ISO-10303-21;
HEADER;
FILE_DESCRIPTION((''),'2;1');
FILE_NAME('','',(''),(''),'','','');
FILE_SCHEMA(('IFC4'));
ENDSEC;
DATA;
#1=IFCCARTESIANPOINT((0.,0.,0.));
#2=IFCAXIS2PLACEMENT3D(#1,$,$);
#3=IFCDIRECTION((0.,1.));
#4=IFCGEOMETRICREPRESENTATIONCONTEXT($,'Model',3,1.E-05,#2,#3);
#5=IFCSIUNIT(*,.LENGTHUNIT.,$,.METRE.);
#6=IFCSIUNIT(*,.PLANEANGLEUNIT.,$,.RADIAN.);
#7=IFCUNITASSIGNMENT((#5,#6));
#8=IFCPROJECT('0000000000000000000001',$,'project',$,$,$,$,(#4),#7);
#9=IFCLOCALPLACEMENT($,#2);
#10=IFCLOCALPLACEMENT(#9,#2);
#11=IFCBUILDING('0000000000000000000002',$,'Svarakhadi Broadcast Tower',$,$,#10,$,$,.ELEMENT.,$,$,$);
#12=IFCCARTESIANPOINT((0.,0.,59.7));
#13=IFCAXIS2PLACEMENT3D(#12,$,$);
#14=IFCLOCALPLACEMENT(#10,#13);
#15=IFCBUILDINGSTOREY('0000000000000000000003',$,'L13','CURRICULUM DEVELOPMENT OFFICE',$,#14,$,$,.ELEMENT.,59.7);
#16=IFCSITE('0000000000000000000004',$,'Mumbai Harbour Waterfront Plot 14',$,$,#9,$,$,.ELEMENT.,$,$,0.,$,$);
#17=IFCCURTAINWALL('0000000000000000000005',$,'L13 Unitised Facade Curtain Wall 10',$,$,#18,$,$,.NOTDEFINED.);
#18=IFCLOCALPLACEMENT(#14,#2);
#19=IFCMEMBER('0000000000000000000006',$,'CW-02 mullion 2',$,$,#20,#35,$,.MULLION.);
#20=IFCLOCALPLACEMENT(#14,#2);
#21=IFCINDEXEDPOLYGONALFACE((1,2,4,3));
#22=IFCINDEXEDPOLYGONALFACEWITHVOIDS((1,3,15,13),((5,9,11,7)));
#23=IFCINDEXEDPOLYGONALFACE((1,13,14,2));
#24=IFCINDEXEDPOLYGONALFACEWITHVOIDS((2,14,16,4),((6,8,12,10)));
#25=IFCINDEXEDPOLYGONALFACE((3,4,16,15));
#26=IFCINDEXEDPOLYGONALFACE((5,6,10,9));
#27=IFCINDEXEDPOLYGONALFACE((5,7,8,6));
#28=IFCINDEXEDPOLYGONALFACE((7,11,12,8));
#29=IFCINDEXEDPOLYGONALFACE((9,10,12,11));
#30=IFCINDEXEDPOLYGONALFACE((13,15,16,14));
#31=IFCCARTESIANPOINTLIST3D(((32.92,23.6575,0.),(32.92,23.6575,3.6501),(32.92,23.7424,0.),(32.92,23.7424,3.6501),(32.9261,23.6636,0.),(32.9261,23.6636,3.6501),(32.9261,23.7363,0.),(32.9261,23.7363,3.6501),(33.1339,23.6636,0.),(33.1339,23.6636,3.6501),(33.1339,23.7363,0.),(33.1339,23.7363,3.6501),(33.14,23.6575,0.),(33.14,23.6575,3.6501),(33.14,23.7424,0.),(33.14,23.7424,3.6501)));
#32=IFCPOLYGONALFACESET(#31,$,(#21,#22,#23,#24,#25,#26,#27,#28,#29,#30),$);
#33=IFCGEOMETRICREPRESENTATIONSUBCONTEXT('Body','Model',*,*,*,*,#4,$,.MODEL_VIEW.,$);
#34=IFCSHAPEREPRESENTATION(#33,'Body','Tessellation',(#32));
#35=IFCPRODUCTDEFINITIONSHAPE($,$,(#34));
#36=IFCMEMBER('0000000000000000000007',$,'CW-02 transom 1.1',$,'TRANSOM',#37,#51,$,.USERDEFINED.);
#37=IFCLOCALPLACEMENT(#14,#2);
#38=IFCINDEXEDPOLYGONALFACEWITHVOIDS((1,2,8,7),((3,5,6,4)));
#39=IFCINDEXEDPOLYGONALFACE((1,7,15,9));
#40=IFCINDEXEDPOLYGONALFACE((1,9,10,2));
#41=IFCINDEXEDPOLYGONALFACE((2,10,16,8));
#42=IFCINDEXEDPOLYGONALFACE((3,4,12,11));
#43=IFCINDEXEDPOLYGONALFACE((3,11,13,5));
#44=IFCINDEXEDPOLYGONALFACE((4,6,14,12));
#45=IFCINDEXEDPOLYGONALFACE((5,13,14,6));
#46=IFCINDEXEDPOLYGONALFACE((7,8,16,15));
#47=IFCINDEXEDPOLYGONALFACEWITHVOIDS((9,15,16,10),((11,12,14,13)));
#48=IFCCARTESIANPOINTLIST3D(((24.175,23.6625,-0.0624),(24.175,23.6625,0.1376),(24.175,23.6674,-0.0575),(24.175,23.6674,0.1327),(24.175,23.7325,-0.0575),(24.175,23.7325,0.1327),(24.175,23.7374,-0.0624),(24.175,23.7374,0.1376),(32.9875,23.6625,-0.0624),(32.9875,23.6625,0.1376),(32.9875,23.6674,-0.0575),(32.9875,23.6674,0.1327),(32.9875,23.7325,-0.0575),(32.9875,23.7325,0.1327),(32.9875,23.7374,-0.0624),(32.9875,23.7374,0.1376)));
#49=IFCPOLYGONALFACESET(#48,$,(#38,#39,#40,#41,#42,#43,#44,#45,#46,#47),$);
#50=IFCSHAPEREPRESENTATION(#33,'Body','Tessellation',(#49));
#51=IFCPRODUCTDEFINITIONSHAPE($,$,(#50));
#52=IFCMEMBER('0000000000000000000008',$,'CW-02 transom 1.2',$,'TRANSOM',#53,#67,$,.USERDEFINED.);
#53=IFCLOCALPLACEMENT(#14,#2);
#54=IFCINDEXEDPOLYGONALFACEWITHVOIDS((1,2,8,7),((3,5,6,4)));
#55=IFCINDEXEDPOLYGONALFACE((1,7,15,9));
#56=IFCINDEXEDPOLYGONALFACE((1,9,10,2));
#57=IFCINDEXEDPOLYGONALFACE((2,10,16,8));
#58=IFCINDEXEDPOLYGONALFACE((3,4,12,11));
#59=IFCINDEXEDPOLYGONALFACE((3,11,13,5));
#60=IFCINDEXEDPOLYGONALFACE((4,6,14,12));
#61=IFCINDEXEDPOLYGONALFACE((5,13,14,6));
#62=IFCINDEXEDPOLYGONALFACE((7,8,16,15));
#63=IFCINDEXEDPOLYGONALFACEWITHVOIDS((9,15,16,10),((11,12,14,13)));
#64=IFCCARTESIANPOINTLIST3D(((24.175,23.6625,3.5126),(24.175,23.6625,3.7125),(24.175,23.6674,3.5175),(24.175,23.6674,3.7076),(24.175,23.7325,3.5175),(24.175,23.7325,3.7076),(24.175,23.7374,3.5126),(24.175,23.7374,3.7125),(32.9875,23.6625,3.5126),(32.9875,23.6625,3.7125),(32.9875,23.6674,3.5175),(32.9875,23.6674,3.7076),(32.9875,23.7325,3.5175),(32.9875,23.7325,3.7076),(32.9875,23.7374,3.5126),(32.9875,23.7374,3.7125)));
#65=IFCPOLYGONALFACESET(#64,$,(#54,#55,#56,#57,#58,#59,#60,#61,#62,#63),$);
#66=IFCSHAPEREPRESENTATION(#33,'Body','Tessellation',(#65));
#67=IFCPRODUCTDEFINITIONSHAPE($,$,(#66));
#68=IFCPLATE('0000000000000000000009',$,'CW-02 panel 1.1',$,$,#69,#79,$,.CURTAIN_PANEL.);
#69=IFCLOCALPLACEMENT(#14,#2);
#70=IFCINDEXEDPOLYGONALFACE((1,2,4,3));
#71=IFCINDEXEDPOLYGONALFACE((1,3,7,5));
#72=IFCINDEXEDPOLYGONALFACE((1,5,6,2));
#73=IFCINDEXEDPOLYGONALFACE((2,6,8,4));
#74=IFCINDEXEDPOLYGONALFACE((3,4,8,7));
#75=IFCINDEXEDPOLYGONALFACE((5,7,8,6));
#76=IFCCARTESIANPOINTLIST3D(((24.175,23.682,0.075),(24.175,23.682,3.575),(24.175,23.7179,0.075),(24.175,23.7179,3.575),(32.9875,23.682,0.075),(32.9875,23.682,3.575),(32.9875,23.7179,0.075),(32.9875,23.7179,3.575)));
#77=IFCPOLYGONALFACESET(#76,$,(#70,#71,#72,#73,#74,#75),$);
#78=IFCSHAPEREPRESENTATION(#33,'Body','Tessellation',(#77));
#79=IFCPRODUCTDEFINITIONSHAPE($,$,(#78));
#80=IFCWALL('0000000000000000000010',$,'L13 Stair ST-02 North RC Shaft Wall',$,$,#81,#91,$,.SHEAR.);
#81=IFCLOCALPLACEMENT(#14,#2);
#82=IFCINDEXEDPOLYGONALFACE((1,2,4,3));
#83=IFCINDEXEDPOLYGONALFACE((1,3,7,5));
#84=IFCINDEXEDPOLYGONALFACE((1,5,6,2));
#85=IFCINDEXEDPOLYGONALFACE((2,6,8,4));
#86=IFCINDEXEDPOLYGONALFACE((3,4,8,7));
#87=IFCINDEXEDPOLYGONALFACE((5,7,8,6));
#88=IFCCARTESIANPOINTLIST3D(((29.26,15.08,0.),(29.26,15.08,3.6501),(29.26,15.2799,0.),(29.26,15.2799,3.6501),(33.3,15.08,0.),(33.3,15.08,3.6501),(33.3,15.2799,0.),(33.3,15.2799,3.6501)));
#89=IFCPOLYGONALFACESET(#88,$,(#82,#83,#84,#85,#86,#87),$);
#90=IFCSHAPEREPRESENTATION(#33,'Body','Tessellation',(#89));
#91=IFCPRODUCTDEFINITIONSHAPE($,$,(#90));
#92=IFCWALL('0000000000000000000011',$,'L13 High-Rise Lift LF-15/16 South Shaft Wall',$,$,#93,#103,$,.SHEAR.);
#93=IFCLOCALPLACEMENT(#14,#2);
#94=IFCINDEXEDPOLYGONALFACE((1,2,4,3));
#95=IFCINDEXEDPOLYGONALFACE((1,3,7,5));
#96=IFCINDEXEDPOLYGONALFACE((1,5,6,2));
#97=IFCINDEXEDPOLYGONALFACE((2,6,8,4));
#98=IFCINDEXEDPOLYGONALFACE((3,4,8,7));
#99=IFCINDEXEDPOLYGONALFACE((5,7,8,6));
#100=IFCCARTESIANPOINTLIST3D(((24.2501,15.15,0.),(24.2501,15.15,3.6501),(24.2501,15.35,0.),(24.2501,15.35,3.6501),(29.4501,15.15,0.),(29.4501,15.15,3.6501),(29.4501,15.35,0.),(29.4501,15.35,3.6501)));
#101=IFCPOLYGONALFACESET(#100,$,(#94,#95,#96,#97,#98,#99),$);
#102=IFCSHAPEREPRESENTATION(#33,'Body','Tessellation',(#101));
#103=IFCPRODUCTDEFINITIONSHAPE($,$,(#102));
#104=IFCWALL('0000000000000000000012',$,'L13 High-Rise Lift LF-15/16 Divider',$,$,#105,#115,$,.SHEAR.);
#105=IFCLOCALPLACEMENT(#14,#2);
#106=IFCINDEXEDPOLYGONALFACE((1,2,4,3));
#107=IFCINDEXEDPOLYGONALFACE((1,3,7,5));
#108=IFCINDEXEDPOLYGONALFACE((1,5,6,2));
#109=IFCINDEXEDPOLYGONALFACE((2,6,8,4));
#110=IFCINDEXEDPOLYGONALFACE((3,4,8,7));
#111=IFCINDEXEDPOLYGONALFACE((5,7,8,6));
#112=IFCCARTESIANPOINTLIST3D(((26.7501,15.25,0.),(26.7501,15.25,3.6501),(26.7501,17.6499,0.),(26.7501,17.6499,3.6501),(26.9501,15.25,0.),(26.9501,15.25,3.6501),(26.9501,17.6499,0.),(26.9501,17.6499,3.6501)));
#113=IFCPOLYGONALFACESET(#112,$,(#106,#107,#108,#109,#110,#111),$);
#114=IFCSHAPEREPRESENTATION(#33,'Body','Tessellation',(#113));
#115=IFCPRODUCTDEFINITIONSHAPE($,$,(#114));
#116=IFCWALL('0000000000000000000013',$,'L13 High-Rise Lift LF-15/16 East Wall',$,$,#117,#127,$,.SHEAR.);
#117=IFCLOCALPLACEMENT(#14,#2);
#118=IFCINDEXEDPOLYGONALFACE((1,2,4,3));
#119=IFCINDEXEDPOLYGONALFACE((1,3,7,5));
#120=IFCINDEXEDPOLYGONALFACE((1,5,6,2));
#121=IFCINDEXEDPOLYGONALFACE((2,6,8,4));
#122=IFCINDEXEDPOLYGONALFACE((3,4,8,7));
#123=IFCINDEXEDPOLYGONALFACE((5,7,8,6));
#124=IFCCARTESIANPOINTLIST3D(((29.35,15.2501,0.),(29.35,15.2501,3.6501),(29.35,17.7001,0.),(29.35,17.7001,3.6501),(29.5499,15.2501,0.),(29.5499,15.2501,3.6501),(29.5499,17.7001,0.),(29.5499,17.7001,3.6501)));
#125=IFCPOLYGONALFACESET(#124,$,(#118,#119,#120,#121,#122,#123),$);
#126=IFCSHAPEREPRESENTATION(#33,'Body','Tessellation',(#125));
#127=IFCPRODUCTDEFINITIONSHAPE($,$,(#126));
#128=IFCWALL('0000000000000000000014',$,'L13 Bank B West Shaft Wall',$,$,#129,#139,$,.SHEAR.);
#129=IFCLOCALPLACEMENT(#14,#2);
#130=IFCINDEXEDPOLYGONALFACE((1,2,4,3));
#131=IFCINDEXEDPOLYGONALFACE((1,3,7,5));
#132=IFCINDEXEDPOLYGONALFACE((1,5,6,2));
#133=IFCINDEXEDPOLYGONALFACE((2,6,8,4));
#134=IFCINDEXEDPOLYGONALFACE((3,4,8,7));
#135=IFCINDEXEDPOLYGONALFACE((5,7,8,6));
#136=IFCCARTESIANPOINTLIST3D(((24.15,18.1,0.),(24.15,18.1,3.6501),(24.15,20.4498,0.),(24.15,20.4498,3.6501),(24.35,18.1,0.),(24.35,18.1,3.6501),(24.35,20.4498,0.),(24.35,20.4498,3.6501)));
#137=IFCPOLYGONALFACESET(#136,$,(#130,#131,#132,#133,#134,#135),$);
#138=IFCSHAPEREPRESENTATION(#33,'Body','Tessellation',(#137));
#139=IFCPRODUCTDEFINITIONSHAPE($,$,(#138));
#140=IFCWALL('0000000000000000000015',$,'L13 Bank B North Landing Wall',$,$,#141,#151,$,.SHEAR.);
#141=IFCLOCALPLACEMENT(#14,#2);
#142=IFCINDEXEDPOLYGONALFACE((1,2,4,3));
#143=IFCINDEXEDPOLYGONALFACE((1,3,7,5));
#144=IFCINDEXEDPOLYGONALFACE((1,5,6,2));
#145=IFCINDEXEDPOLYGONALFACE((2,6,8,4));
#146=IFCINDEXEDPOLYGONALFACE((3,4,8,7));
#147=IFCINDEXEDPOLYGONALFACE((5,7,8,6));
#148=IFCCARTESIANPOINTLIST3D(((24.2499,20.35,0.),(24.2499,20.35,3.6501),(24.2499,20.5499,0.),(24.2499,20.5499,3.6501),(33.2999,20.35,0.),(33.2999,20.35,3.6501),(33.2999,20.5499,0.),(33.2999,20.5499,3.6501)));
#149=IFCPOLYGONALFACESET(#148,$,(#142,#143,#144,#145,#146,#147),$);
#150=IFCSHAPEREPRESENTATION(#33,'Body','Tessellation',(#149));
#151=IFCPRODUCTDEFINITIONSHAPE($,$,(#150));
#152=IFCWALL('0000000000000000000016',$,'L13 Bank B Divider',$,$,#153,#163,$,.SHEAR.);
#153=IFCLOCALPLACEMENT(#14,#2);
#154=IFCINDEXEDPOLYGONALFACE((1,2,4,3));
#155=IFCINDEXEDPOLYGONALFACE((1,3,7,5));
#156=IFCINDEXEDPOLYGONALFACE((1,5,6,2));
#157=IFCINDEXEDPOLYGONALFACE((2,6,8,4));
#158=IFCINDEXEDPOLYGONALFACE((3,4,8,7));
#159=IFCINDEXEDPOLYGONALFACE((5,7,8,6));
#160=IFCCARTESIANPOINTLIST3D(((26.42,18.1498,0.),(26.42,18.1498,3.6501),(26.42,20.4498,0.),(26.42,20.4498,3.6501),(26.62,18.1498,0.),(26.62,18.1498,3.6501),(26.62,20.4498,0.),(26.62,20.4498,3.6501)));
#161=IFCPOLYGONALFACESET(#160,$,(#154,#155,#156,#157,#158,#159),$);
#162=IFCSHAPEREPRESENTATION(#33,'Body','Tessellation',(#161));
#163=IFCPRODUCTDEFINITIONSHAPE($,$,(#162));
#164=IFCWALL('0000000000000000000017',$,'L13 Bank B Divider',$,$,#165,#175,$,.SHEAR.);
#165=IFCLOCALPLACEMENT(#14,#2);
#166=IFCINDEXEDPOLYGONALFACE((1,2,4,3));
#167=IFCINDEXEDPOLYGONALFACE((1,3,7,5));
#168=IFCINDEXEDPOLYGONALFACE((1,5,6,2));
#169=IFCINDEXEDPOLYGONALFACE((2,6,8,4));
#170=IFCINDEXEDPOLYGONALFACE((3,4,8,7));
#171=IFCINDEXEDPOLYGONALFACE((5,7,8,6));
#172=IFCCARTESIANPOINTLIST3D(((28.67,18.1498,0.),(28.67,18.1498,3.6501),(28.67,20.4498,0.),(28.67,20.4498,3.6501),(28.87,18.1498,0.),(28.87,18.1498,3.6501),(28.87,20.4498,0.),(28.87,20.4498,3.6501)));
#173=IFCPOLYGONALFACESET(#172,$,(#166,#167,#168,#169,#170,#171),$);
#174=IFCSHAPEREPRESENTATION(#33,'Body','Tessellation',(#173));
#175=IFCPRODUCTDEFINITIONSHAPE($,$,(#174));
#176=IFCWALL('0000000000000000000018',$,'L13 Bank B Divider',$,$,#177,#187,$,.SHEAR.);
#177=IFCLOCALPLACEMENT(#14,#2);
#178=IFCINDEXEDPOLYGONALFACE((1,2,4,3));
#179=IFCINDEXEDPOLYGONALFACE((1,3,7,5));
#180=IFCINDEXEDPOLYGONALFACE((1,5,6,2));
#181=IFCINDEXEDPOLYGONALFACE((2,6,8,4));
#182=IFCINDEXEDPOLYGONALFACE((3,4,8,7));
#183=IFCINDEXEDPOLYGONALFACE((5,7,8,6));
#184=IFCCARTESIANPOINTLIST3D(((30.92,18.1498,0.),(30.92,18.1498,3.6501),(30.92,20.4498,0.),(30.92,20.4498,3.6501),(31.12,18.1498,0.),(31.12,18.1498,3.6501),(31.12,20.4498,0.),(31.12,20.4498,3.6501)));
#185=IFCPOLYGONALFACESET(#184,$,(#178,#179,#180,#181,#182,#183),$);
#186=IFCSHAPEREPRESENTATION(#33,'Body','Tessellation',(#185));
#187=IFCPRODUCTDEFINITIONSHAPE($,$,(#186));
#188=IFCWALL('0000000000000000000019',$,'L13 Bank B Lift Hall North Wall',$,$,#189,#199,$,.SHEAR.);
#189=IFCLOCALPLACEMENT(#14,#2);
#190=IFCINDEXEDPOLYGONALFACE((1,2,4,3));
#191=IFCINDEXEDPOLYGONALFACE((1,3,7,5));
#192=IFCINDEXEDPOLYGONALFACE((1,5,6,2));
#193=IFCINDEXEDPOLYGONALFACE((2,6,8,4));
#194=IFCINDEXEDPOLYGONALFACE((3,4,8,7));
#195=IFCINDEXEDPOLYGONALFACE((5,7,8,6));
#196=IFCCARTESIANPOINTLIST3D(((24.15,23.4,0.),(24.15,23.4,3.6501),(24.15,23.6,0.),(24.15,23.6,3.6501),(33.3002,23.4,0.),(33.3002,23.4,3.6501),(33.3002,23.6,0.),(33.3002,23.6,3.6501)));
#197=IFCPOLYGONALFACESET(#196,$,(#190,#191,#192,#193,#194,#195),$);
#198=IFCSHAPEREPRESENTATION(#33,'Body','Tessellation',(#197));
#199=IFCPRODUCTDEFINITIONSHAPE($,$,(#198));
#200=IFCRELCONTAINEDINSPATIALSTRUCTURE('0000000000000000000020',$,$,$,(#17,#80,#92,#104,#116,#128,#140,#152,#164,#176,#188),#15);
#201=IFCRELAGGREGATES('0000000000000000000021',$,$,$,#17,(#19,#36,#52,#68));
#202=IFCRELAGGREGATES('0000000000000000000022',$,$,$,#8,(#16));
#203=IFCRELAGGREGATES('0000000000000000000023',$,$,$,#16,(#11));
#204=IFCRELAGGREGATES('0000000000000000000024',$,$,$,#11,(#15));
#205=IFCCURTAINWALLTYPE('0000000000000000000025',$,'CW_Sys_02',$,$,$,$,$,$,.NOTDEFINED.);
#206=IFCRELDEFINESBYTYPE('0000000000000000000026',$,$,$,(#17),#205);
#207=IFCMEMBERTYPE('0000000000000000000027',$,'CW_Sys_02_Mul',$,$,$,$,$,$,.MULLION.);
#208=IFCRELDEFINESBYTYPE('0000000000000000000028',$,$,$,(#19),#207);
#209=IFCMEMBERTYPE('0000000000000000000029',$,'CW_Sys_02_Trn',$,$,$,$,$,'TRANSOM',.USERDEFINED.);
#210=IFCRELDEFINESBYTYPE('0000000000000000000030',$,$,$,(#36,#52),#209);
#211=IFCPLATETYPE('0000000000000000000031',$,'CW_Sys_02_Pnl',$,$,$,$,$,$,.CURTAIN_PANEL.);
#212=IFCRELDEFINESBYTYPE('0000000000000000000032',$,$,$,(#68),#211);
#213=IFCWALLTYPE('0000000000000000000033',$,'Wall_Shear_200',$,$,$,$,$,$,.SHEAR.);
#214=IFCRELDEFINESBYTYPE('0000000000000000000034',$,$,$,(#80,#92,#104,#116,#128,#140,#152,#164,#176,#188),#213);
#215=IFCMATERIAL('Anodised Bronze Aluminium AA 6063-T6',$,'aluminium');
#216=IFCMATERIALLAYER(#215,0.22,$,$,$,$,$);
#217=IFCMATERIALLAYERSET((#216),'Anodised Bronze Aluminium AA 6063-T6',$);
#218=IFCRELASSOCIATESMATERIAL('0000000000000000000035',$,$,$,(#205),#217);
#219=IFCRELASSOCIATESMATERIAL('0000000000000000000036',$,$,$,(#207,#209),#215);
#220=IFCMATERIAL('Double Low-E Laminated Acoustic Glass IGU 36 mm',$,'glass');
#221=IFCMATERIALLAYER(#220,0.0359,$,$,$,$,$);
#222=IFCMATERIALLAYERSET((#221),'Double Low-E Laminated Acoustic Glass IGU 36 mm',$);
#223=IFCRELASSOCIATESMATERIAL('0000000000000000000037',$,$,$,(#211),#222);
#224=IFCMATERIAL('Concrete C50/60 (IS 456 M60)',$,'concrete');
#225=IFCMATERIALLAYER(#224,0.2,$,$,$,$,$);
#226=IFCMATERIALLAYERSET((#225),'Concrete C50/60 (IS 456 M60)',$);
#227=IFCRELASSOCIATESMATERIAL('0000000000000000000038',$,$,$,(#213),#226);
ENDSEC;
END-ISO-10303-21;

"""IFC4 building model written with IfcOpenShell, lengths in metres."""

from ifc_helpers import new_model, si_unit, direction, frame, frame_2d, origin, origin_2d, place, context, subcontext, project, spatial, rectangle, hollow_rectangle, extrude, material, layer, layer_set, material_profile, profile_set, type_object, element, aggregate, save


model = new_model("IFC4")

# Units and contexts
model_context = context("Model", 3, precision=1e-05, world=origin(), true_north=direction((0.0, 1.0)))
body_context = subcontext(model_context, "Body", "Model", "MODEL_VIEW")
ifc_project = project(units=[si_unit("LENGTHUNIT", "METRE"), si_unit("PLANEANGLEUNIT", "RADIAN")], contexts=[model_context])

# Site, building, storey
site_placement = place(None, origin())
site = spatial("IfcSite", under=ifc_project, at=site_placement, Name="Mumbai Harbour Waterfront Plot 14", CompositionType="ELEMENT", RefElevation=0.0)
building_placement = place(site_placement, origin())
building = spatial("IfcBuilding", under=site, at=building_placement, Name="Svarakhadi Broadcast Tower", CompositionType="ELEMENT")
storey_placement = place(building_placement, frame((0.0, 0.0, 59.7)))
storey = spatial("IfcBuildingStorey", under=building, at=storey_placement, Name="L13", Description="CURRICULUM DEVELOPMENT OFFICE", CompositionType="ELEMENT", Elevation=59.7)

# Curtain wall, members, plate
ifc_material_1 = material(Name="Anodised Bronze Aluminium AA 6063-T6", Category="aluminium")
ifc_layer_1 = layer(ifc_material_1, 0.22)
ifc_layer_set_1 = layer_set([ifc_layer_1], Name="Anodised Bronze Aluminium AA 6063-T6")
curtain_wall_type = type_object("IfcCurtainWallType", Name="CW_Sys_02", PredefinedType="NOTDEFINED", material=ifc_layer_set_1)
curtain_wall_placement = place(storey_placement, origin())
curtain_wall = element("IfcCurtainWall", 1, at=curtain_wall_placement, inside=storey, type_object=curtain_wall_type, Name="L13 Unitised Facade Curtain Wall 10", PredefinedType="NOTDEFINED")
ifc_material_profile_1 = material_profile(ifc_material_1, hollow_rectangle(XDim=0.085, YDim=0.22, WallThickness=0.0061, at=origin_2d()), Name="ALU MULLION 220x85x6")
ifc_profile_set_1 = profile_set([ifc_material_profile_1], Name="Anodised Bronze Aluminium AA 6063-T6")
member_type_1 = type_object("IfcMemberType", Name="CW_Sys_02_Mul", PredefinedType="MULLION", material=ifc_profile_set_1)
member_1_placement = place(storey_placement, frame((33.03, 23.7, 0.0), z_axis=(0.0, 0.0, 1.0), x_axis=(0.0, 1.0, 0.0)))
member_1 = element("IfcMember", 2, at=member_1_placement, type_object=member_type_1, Name="CW-02 mullion 2", PredefinedType="MULLION", context=body_context, shape_type="SweptSolid", body=[
    extrude(hollow_rectangle(XDim=0.085, YDim=0.22, WallThickness=0.0061, at=origin_2d()), origin(), (0.0, 0.0, 1.0), 3.6501),
])
ifc_material_profile_2 = material_profile(ifc_material_1, hollow_rectangle(XDim=0.075, YDim=0.2, WallThickness=0.0049, at=origin_2d()), Name="ALU TRANSOM 200x75x5")
ifc_profile_set_2 = profile_set([ifc_material_profile_2], Name="Anodised Bronze Aluminium AA 6063-T6")
member_type_2 = type_object("IfcMemberType", Name="CW_Sys_02_Trn", ElementType="TRANSOM", PredefinedType="USERDEFINED", material=ifc_profile_set_2)
member_2_placement = place(storey_placement, frame((24.175, 23.7, 0.0376), z_axis=(1.0, 0.0, 0.0), x_axis=(0.0, 1.0, 0.0)))
member_2 = element("IfcMember", 3, at=member_2_placement, type_object=member_type_2, Name="CW-02 transom 1.1", ObjectType="TRANSOM", PredefinedType="USERDEFINED", context=body_context, shape_type="SweptSolid", body=[
    extrude(hollow_rectangle(XDim=0.075, YDim=0.2, WallThickness=0.0049, at=origin_2d()), origin(), (0.0, 0.0, 1.0), 8.8125),
])
member_3_placement = place(storey_placement, frame((24.175, 23.7, 3.6125), z_axis=(1.0, 0.0, 0.0), x_axis=(0.0, 1.0, 0.0)))
member_3 = element("IfcMember", 4, at=member_3_placement, type_object=member_type_2, Name="CW-02 transom 1.2", ObjectType="TRANSOM", PredefinedType="USERDEFINED", context=body_context, shape_type="SweptSolid", body=[
    extrude(hollow_rectangle(XDim=0.075, YDim=0.2, WallThickness=0.0049, at=origin_2d()), origin(), (0.0, 0.0, 1.0), 8.8125),
])
ifc_material_2 = material(Name="Double Low-E Laminated Acoustic Glass IGU 36 mm", Category="glass")
ifc_layer_2 = layer(ifc_material_2, 0.0359)
ifc_layer_set_2 = layer_set([ifc_layer_2], Name="Double Low-E Laminated Acoustic Glass IGU 36 mm")
plate_type = type_object("IfcPlateType", Name="CW_Sys_02_Pnl", PredefinedType="CURTAIN_PANEL", material=ifc_layer_set_2)
plate_placement = place(storey_placement, frame((28.5813, 23.7, 0.075), z_axis=(0.0, 0.0, 1.0), x_axis=(1.0, 0.0, 0.0)))
plate = element("IfcPlate", 5, at=plate_placement, type_object=plate_type, Name="CW-02 panel 1.1", PredefinedType="CURTAIN_PANEL", context=body_context, shape_type="SweptSolid", body=[
    extrude(rectangle(XDim=8.8125, YDim=0.0359, at=origin_2d()), origin(), (0.0, 0.0, 1.0), 3.5),
])
aggregate(curtain_wall, [member_1, member_2, member_3, plate])

# Wall
ifc_material_3 = material(Name="Concrete C50/60 (IS 456 M60)", Category="concrete")
ifc_layer_3 = layer(ifc_material_3, 0.2)
ifc_layer_set_3 = layer_set([ifc_layer_3], Name="Concrete C50/60 (IS 456 M60)")
wall_type_1 = type_object("IfcWallType", Name="Wall_Shear_200", PredefinedType="SHEAR", material=ifc_layer_set_3)
wall_1_placement = place(storey_placement, frame((29.26, 15.1799, 0.0), z_axis=(0.0, 0.0, 1.0), x_axis=(1.0, 0.0, 0.0)))
element("IfcWall", 6, at=wall_1_placement, inside=storey, type_object=wall_type_1, Name="L13 Stair ST-02 North RC Shaft Wall", PredefinedType="SHEAR", context=body_context, shape_type="SweptSolid", body=[
    extrude(rectangle(XDim=4.04, YDim=0.2, at=frame_2d((2.02, 0.0))), origin(), (0.0, 0.0, 1.0), 3.6501),
])

# Walls
wall_2_placement = place(storey_placement, frame((24.25, 15.25, 0.0), z_axis=(0.0, 0.0, 1.0), x_axis=(1.0, 0.0, 0.0)))
element("IfcWall", 7, at=wall_2_placement, inside=storey, type_object=wall_type_1, Name="L13 High-Rise Lift LF-15/16 South Shaft Wall", PredefinedType="SHEAR", context=body_context, shape_type="SweptSolid", body=[
    extrude(rectangle(XDim=5.2, YDim=0.2, at=frame_2d((2.6001, 0.0))), origin(), (0.0, 0.0, 1.0), 3.6501),
])
wall_3_placement = place(storey_placement, frame((26.8501, 15.25, 0.0), z_axis=(0.0, 0.0, 1.0), x_axis=(0.0, 1.0, 0.0)))
element("IfcWall", 8, at=wall_3_placement, inside=storey, type_object=wall_type_1, Name="L13 High-Rise Lift LF-15/16 Divider", PredefinedType="SHEAR", context=body_context, shape_type="SweptSolid", body=[
    extrude(rectangle(XDim=2.3999, YDim=0.2, at=frame_2d((1.2, 0.0))), origin(), (0.0, 0.0, 1.0), 3.6501),
])
wall_4_placement = place(storey_placement, frame((29.45, 15.25, 0.0), z_axis=(0.0, 0.0, 1.0), x_axis=(0.0, 1.0, 0.0)))
element("IfcWall", 9, at=wall_4_placement, inside=storey, type_object=wall_type_1, Name="L13 High-Rise Lift LF-15/16 East Wall", PredefinedType="SHEAR", context=body_context, shape_type="SweptSolid", body=[
    extrude(rectangle(XDim=2.45, YDim=0.2, at=frame_2d((1.2251, 0.0))), origin(), (0.0, 0.0, 1.0), 3.6501),
])
wall_5_placement = place(storey_placement, frame((24.25, 18.1001, 0.0), z_axis=(0.0, 0.0, 1.0), x_axis=(0.0, 1.0, 0.0)))
element("IfcWall", 10, at=wall_5_placement, inside=storey, type_object=wall_type_1, Name="L13 Bank B West Shaft Wall", PredefinedType="SHEAR", context=body_context, shape_type="SweptSolid", body=[
    extrude(rectangle(XDim=2.3499, YDim=0.2, at=frame_2d((1.1748, 0.0))), origin(), (0.0, 0.0, 1.0), 3.6501),
])
wall_6_placement = place(storey_placement, frame((24.25, 20.45, 0.0), z_axis=(0.0, 0.0, 1.0), x_axis=(1.0, 0.0, 0.0)))
element("IfcWall", 11, at=wall_6_placement, inside=storey, type_object=wall_type_1, Name="L13 Bank B North Landing Wall", PredefinedType="SHEAR", context=body_context, shape_type="SweptSolid", body=[
    extrude(rectangle(XDim=9.05, YDim=0.2, at=frame_2d((4.5249, 0.0))), origin(), (0.0, 0.0, 1.0), 3.6501),
])
for number, where, z_axis, x_axis, name in (
    (12, (26.52, 18.1499, 0.0), (0.0, 0.0, 1.0), (0.0, 1.0, 0.0), "L13 Bank B Divider"),
    (13, (28.77, 18.1499, 0.0), (0.0, 0.0, 1.0), (0.0, 1.0, 0.0), "L13 Bank B Divider"),
    (14, (31.02, 18.1499, 0.0), (0.0, 0.0, 1.0), (0.0, 1.0, 0.0), "L13 Bank B Divider"),
):
    element("IfcWall", number, at=place(storey_placement, frame(where, z_axis=z_axis, x_axis=x_axis)), inside=storey, type_object=wall_type_1, Name=name, PredefinedType="SHEAR", context=body_context, shape_type="SweptSolid", body=[
        extrude(rectangle(XDim=2.3, YDim=0.2, at=frame_2d((1.1499, 0.0))), origin(), (0.0, 0.0, 1.0), 3.6501),
    ])
wall_7_placement = place(storey_placement, frame((24.1499, 23.5, 0.0), z_axis=(0.0, 0.0, 1.0), x_axis=(1.0, 0.0, 0.0)))
element("IfcWall", 15, at=wall_7_placement, inside=storey, type_object=wall_type_1, Name="L13 Bank B Lift Hall North Wall", PredefinedType="SHEAR", context=body_context, shape_type="SweptSolid", body=[
    extrude(rectangle(XDim=9.1501, YDim=0.2, at=frame_2d((4.5752, 0.0))), origin(), (0.0, 0.0, 1.0), 3.6501),
])

save(model, "model.ifc")
